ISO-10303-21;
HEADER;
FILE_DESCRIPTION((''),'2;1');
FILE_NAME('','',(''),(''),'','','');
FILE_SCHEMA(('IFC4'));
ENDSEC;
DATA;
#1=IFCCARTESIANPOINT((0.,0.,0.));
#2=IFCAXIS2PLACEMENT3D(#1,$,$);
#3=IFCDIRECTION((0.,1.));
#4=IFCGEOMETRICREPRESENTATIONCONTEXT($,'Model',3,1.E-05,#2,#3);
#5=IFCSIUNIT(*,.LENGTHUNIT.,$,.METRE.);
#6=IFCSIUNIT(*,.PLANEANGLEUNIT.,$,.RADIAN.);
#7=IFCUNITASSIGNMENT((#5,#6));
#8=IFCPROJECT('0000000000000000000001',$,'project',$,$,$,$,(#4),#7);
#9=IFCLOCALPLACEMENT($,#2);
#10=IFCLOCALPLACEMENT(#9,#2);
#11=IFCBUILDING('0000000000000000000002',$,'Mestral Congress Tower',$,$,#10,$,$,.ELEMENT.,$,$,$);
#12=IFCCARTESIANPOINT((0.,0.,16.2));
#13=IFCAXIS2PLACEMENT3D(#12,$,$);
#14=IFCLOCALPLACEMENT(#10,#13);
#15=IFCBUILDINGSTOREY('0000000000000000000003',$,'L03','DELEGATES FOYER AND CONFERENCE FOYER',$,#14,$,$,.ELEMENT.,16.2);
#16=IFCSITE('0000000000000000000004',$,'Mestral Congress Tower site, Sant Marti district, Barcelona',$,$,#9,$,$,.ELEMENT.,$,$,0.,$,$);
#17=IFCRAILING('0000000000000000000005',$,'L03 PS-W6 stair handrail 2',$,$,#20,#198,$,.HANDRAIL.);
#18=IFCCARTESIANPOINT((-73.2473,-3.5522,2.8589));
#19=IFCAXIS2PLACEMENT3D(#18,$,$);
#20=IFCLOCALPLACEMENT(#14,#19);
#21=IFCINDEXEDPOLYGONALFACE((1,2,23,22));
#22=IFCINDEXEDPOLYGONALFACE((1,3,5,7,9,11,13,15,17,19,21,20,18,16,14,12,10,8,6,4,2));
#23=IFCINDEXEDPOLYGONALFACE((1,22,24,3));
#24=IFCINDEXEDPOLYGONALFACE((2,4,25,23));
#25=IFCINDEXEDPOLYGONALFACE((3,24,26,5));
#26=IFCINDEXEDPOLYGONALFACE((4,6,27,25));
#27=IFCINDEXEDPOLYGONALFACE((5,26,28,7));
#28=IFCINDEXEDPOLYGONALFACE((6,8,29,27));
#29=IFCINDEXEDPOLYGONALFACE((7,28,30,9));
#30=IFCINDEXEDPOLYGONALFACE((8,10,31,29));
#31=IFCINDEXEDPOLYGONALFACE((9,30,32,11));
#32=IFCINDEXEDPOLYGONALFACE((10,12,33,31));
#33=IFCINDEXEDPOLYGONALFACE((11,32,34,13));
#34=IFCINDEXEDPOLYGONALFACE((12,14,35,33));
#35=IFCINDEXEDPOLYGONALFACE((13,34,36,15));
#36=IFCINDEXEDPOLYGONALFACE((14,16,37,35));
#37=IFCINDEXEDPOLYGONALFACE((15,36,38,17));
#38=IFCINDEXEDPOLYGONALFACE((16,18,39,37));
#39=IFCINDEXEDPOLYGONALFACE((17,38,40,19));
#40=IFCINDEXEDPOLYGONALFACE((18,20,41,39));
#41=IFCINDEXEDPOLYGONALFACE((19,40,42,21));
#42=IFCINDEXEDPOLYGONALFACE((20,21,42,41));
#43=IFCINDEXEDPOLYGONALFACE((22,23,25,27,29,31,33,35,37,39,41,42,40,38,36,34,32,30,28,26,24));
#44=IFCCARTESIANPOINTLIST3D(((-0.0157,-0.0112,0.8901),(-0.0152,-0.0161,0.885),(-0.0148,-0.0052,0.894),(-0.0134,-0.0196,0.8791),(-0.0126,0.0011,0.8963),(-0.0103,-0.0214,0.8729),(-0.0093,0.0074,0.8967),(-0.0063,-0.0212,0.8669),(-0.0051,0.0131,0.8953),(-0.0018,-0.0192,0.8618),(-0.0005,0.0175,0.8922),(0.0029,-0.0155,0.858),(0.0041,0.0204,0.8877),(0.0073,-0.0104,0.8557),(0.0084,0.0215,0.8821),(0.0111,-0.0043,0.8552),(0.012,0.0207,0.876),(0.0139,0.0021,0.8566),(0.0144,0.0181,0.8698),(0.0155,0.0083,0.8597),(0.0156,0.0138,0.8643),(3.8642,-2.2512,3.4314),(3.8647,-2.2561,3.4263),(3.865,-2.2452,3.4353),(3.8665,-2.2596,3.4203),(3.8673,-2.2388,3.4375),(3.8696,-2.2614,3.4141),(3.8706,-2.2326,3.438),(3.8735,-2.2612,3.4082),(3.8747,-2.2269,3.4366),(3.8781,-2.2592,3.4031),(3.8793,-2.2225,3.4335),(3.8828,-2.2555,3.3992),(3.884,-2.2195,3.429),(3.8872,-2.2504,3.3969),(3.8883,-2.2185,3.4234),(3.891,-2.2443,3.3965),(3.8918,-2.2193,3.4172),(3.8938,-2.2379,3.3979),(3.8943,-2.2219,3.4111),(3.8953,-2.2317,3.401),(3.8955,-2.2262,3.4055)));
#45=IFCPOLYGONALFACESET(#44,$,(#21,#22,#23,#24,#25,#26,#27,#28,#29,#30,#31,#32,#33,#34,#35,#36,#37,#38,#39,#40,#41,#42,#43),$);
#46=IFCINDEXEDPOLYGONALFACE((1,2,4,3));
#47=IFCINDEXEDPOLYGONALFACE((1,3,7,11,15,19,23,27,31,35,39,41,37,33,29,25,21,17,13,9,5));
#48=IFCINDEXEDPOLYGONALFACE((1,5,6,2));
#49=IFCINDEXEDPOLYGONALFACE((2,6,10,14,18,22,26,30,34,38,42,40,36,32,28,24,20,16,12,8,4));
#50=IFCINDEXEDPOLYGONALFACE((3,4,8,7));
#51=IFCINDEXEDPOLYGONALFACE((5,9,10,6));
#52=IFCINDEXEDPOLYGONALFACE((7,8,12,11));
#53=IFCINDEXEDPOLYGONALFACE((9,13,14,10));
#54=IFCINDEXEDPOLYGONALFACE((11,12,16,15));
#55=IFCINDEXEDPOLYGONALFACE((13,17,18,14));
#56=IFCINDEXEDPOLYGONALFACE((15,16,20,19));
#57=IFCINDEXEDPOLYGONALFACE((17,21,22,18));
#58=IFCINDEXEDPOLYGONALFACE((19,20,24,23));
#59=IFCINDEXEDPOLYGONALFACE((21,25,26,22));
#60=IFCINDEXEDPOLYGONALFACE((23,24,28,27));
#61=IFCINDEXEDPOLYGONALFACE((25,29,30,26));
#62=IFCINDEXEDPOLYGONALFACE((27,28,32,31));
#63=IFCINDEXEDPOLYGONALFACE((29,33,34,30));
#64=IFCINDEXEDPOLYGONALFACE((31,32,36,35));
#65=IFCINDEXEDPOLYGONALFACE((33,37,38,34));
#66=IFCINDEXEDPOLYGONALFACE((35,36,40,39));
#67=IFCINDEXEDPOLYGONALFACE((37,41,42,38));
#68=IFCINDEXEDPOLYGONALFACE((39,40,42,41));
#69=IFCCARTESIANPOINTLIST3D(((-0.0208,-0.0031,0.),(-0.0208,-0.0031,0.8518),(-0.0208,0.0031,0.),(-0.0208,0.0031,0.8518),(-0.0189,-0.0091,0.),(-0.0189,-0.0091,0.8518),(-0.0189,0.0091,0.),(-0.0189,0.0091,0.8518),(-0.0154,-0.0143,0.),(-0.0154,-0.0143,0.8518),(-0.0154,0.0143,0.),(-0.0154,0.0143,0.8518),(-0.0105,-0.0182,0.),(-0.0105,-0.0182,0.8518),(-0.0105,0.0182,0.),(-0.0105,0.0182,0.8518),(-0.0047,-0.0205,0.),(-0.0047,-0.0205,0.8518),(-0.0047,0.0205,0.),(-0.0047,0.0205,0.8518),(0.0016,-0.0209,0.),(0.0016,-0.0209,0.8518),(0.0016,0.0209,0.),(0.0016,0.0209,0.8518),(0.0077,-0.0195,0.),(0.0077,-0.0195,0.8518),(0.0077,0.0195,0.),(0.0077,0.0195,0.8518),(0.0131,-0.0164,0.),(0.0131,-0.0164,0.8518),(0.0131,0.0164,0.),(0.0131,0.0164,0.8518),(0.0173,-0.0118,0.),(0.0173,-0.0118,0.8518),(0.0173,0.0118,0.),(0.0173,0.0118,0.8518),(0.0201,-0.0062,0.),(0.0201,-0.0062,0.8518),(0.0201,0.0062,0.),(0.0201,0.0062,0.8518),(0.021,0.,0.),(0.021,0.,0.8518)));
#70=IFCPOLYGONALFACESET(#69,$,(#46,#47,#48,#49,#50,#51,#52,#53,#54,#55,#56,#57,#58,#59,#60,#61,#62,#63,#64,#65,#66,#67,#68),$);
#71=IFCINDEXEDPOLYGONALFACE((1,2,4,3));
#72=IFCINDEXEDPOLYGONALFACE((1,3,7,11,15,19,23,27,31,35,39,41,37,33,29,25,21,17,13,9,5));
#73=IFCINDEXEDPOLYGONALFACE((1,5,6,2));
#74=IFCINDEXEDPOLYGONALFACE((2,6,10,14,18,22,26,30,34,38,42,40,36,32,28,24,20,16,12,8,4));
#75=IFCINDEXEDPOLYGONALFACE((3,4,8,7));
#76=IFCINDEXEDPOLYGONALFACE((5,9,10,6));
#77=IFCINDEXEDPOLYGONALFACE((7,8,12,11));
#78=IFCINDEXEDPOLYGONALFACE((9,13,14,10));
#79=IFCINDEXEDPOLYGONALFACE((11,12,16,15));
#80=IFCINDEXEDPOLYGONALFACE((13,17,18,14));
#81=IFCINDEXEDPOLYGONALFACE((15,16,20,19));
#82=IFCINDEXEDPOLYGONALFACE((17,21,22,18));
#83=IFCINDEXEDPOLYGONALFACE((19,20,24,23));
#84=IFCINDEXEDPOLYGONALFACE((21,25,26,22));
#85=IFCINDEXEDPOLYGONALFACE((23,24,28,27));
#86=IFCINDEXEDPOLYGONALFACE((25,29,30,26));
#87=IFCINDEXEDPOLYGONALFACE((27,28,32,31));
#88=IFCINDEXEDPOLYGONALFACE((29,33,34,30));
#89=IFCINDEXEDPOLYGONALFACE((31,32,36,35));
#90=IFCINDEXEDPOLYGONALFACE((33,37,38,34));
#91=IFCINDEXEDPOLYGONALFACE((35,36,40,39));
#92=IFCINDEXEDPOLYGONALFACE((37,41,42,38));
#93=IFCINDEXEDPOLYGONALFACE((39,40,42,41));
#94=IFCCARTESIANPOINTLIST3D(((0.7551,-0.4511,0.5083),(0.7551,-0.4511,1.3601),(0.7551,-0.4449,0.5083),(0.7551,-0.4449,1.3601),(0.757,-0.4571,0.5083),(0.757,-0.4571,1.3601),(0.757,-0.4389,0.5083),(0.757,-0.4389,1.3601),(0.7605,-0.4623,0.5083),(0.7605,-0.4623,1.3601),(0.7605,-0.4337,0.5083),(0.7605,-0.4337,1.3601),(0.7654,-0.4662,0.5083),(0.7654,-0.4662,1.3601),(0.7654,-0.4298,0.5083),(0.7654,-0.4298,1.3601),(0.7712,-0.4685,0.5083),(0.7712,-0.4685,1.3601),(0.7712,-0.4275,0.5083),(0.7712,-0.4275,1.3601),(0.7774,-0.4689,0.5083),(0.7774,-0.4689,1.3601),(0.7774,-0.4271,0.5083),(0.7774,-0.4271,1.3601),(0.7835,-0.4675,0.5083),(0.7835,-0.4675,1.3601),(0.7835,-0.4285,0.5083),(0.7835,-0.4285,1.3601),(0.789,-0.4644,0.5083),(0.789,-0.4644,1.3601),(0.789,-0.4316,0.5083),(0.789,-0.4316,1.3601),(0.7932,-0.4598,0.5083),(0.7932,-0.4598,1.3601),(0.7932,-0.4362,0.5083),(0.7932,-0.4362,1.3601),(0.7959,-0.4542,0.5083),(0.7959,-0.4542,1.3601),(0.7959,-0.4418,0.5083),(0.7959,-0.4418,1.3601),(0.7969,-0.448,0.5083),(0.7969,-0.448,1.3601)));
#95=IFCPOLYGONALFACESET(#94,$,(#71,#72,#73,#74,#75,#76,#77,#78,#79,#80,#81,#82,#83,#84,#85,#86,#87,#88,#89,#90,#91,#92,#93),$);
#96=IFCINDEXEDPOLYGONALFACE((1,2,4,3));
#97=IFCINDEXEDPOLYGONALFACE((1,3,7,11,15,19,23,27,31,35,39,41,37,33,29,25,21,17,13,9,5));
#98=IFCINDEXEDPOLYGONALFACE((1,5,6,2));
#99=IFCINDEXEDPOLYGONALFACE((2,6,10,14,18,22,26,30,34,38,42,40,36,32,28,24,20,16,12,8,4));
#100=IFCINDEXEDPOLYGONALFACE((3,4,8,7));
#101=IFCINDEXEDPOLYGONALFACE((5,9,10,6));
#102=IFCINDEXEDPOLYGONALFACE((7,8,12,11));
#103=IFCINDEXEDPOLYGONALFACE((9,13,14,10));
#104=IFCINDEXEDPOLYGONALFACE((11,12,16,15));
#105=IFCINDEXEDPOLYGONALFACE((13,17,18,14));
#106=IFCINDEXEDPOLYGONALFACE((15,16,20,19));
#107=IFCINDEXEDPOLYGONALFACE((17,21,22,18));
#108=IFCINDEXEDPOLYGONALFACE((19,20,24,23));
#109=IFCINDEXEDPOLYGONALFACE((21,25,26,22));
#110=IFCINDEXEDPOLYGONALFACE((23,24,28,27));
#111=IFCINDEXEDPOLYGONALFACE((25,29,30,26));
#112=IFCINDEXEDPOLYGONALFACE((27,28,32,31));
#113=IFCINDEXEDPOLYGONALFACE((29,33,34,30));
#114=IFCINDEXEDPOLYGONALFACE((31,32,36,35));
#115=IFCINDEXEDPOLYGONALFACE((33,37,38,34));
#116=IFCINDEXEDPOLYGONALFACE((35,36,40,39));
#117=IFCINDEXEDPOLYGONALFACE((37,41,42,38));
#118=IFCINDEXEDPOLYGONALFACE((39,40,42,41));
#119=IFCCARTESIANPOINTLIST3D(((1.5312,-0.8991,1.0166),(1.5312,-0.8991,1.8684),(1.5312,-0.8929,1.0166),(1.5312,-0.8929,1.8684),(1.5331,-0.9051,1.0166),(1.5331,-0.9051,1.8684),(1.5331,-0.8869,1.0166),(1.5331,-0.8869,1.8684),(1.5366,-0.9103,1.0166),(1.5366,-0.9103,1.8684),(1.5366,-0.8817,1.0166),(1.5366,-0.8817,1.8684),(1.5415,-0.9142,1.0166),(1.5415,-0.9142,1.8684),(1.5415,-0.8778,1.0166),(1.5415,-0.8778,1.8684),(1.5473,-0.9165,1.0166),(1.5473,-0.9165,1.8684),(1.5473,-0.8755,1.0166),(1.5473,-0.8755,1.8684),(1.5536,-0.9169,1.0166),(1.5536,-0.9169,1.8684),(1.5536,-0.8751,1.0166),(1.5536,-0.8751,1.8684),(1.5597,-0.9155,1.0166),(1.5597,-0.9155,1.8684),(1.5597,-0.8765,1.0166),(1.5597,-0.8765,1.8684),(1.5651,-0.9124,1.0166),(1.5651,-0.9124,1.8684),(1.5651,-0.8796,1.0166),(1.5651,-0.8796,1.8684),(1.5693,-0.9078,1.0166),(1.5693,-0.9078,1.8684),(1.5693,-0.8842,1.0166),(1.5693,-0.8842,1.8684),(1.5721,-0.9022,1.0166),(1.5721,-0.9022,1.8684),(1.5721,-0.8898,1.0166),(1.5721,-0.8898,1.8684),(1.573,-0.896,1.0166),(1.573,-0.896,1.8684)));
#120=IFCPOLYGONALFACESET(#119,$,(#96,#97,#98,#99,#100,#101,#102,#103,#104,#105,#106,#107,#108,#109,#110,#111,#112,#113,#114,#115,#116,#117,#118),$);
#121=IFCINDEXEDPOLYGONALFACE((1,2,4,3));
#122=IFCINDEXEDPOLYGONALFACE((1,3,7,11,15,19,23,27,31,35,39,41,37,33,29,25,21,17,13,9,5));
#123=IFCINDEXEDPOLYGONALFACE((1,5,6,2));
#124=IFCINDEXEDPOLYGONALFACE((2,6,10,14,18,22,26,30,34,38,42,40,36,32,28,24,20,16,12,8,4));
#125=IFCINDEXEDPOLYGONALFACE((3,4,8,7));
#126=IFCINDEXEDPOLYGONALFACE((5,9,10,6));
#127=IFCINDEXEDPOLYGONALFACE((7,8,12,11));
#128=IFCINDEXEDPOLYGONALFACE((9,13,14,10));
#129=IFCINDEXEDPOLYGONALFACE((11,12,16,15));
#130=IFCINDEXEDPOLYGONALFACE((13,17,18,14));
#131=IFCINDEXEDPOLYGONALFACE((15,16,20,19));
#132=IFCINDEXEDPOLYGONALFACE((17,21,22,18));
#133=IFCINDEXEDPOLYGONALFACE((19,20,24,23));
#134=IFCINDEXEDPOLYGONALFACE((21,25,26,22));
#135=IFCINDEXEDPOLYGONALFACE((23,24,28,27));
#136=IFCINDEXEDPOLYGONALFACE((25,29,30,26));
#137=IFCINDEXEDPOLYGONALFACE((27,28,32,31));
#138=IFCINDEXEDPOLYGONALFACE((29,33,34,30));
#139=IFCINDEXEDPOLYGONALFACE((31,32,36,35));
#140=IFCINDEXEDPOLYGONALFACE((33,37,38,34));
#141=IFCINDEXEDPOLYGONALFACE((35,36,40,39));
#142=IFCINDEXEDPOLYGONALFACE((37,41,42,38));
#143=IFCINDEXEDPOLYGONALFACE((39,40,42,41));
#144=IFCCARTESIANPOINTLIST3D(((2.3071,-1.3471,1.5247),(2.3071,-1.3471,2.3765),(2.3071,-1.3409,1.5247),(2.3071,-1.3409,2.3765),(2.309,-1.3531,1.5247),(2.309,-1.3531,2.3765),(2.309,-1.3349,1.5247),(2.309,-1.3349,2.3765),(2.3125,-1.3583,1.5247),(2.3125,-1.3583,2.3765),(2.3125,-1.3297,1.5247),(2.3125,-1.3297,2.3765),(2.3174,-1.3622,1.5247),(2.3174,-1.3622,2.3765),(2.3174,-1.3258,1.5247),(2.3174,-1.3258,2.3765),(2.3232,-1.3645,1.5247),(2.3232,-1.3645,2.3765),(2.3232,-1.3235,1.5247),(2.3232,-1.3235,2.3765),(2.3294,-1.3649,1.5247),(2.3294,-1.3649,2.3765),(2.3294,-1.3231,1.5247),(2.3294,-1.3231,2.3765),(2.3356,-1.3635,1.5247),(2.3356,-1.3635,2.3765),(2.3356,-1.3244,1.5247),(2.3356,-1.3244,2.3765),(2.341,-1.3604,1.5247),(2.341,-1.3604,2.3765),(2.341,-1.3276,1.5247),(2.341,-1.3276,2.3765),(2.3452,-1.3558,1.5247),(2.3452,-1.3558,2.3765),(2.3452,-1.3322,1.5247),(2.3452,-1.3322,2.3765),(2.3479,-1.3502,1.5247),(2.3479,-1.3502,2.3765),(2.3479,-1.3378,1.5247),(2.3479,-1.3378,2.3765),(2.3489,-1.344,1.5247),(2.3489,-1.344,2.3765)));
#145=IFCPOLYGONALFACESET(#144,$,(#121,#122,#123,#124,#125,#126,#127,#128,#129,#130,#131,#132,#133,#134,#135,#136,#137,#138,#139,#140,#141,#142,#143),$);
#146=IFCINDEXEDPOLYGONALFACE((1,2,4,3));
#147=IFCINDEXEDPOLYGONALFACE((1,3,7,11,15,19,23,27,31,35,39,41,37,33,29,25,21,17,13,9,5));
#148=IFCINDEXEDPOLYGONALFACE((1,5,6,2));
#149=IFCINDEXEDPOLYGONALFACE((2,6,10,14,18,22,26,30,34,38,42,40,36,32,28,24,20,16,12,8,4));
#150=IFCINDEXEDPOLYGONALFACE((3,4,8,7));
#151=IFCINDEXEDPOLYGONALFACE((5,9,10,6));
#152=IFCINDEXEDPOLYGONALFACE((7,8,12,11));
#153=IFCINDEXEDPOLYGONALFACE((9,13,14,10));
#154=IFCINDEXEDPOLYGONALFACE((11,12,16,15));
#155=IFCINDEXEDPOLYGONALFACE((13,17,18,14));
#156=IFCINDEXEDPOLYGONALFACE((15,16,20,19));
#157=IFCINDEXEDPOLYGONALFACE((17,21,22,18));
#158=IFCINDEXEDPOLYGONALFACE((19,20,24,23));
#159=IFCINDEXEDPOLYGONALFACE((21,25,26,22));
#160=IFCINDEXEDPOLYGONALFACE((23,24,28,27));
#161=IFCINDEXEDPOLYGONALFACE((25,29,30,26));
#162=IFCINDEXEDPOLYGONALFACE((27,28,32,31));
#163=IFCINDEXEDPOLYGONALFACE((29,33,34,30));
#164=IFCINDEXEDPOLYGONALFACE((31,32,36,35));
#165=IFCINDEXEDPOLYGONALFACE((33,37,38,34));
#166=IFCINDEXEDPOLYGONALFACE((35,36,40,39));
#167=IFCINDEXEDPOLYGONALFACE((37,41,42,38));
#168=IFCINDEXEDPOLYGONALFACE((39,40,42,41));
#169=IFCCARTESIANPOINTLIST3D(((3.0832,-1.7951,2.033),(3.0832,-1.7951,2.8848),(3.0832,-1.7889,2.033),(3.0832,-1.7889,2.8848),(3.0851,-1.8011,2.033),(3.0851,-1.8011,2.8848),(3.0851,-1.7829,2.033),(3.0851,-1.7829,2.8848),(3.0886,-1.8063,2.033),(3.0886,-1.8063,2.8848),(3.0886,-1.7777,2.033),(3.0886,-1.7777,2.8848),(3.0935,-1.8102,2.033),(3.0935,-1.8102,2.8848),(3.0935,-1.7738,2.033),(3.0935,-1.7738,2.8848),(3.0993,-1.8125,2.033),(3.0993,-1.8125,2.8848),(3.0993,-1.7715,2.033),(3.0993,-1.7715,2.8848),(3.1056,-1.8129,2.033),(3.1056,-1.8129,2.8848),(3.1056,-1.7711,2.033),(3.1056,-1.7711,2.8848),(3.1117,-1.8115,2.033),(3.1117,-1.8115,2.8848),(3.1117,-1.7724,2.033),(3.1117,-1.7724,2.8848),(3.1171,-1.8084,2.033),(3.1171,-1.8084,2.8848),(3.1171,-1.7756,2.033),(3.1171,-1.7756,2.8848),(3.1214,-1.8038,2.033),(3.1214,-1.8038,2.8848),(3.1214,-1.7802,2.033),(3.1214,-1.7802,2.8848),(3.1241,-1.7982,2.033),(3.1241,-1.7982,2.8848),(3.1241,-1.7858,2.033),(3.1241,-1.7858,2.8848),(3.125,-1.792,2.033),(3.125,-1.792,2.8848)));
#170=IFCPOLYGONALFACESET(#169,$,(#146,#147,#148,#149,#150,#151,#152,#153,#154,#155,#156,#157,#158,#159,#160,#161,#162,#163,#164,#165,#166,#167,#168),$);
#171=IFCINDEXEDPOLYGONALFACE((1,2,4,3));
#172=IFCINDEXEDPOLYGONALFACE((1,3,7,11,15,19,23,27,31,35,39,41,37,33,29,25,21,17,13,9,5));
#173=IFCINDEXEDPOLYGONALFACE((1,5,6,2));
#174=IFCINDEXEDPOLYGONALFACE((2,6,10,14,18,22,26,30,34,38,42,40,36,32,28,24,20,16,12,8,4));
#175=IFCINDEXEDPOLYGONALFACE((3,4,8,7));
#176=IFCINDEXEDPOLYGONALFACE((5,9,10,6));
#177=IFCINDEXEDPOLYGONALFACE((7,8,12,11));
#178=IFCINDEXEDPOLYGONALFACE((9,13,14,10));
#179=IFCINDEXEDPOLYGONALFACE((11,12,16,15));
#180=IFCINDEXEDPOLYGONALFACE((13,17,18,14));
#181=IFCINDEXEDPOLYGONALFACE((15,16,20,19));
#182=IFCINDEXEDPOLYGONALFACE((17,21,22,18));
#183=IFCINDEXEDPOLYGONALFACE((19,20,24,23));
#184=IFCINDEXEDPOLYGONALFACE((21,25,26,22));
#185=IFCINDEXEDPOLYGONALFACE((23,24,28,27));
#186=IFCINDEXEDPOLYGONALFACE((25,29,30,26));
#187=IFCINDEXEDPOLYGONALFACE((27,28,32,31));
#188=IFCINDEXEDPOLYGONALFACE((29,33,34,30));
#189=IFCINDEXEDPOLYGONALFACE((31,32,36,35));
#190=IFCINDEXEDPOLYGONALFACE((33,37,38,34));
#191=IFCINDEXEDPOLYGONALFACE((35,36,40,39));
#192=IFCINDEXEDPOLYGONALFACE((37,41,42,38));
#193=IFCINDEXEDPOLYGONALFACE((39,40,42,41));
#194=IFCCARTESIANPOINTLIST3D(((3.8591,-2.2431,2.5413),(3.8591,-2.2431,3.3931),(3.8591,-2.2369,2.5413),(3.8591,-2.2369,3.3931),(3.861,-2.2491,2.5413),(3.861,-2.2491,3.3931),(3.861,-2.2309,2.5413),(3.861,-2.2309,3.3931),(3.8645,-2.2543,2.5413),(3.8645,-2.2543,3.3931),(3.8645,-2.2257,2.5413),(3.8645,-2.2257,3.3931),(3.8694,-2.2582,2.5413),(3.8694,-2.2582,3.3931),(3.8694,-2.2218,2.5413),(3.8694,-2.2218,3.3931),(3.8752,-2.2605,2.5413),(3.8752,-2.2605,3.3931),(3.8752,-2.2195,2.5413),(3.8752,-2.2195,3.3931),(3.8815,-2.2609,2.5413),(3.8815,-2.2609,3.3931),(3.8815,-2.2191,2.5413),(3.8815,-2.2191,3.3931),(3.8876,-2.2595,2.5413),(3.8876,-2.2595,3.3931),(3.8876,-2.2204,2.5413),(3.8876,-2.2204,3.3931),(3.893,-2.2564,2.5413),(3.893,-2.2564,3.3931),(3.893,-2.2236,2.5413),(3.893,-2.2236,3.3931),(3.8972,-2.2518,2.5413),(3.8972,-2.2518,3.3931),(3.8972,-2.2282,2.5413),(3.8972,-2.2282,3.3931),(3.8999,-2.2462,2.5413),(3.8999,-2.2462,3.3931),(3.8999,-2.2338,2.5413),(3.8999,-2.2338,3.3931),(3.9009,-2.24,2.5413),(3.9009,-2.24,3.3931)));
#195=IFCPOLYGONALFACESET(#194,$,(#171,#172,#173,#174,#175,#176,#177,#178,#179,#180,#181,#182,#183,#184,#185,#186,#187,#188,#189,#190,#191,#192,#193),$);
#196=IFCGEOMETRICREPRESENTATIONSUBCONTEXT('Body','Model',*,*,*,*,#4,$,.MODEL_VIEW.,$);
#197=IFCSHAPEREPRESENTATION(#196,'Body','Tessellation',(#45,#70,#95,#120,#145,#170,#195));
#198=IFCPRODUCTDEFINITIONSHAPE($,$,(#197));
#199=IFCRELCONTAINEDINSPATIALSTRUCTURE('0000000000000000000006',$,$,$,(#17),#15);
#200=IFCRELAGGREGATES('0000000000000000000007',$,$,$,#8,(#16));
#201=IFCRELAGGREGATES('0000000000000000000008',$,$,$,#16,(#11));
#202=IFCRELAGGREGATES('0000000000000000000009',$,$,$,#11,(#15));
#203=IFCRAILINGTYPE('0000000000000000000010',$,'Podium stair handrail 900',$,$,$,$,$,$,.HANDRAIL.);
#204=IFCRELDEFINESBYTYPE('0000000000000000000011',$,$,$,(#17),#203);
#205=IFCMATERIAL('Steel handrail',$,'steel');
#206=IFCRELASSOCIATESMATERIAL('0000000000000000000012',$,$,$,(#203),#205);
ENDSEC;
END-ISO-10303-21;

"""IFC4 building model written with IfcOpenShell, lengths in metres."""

from ifc_helpers import new_model, si_unit, direction, frame, origin, origin_2d, place, context, subcontext, project, spatial, circle, extrude, material, type_object, element, save


model = new_model("IFC4")

# Units and contexts
model_context = context("Model", 3, precision=1e-05, world=origin(), true_north=direction((0.0, 1.0)))
body_context = subcontext(model_context, "Body", "Model", "MODEL_VIEW")
ifc_project = project(units=[si_unit("LENGTHUNIT", "METRE"), si_unit("PLANEANGLEUNIT", "RADIAN")], contexts=[model_context])

# Site, building, storey
site_placement = place(None, origin())
site = spatial("IfcSite", under=ifc_project, at=site_placement, Name="Mestral Congress Tower site, Sant Marti district, Barcelona", CompositionType="ELEMENT", RefElevation=0.0)
building_placement = place(site_placement, origin())
building = spatial("IfcBuilding", under=site, at=building_placement, Name="Mestral Congress Tower", CompositionType="ELEMENT")
storey_placement = place(building_placement, frame((0.0, 0.0, 16.2)))
storey = spatial("IfcBuildingStorey", under=building, at=storey_placement, Name="L03", Description="DELEGATES FOYER AND CONFERENCE FOYER", CompositionType="ELEMENT", Elevation=16.2)

# Railing
ifc_material_1 = material(Name="Steel handrail", Category="steel")
railing_type_1 = type_object("IfcRailingType", Name="Podium stair handrail 900", PredefinedType="HANDRAIL", material=ifc_material_1)
railing_1_placement = place(storey_placement, frame((-73.2473, -3.5522, 2.8589)))
element("IfcRailing", 1, at=railing_1_placement, inside=storey, type_object=railing_type_1, Name="L03 PS-W6 stair handrail 2", PredefinedType="HANDRAIL", context=body_context, shape_type="SweptSolid", body=[
    extrude(circle(Radius=0.0239, at=origin_2d()), frame((0.0, 0.0, 0.876), z_axis=(0.753282, -0.434896, 0.493388), x_axis=(0.49999, 0.866031, 0.0)), (0.0, 0.0, 1.0), 5.1506),
    extrude(circle(Radius=0.021, at=origin_2d()), origin(), (0.0, 0.0, 1.0), 0.8518),
    extrude(circle(Radius=0.021, at=origin_2d()), frame((0.7759, -0.448, 0.5083)), (0.0, 0.0, 1.0), 0.8518),
    extrude(circle(Radius=0.021, at=origin_2d()), frame((1.552, -0.896, 1.0166)), (0.0, 0.0, 1.0), 0.8518),
    extrude(circle(Radius=0.021, at=origin_2d()), frame((2.3279, -1.344, 1.5247)), (0.0, 0.0, 1.0), 0.8518),
    extrude(circle(Radius=0.021, at=origin_2d()), frame((3.104, -1.792, 2.033)), (0.0, 0.0, 1.0), 0.8518),
    extrude(circle(Radius=0.021, at=origin_2d()), frame((3.8799, -2.24, 2.5413)), (0.0, 0.0, 1.0), 0.8518),
])

save(model, "model.ifc")
